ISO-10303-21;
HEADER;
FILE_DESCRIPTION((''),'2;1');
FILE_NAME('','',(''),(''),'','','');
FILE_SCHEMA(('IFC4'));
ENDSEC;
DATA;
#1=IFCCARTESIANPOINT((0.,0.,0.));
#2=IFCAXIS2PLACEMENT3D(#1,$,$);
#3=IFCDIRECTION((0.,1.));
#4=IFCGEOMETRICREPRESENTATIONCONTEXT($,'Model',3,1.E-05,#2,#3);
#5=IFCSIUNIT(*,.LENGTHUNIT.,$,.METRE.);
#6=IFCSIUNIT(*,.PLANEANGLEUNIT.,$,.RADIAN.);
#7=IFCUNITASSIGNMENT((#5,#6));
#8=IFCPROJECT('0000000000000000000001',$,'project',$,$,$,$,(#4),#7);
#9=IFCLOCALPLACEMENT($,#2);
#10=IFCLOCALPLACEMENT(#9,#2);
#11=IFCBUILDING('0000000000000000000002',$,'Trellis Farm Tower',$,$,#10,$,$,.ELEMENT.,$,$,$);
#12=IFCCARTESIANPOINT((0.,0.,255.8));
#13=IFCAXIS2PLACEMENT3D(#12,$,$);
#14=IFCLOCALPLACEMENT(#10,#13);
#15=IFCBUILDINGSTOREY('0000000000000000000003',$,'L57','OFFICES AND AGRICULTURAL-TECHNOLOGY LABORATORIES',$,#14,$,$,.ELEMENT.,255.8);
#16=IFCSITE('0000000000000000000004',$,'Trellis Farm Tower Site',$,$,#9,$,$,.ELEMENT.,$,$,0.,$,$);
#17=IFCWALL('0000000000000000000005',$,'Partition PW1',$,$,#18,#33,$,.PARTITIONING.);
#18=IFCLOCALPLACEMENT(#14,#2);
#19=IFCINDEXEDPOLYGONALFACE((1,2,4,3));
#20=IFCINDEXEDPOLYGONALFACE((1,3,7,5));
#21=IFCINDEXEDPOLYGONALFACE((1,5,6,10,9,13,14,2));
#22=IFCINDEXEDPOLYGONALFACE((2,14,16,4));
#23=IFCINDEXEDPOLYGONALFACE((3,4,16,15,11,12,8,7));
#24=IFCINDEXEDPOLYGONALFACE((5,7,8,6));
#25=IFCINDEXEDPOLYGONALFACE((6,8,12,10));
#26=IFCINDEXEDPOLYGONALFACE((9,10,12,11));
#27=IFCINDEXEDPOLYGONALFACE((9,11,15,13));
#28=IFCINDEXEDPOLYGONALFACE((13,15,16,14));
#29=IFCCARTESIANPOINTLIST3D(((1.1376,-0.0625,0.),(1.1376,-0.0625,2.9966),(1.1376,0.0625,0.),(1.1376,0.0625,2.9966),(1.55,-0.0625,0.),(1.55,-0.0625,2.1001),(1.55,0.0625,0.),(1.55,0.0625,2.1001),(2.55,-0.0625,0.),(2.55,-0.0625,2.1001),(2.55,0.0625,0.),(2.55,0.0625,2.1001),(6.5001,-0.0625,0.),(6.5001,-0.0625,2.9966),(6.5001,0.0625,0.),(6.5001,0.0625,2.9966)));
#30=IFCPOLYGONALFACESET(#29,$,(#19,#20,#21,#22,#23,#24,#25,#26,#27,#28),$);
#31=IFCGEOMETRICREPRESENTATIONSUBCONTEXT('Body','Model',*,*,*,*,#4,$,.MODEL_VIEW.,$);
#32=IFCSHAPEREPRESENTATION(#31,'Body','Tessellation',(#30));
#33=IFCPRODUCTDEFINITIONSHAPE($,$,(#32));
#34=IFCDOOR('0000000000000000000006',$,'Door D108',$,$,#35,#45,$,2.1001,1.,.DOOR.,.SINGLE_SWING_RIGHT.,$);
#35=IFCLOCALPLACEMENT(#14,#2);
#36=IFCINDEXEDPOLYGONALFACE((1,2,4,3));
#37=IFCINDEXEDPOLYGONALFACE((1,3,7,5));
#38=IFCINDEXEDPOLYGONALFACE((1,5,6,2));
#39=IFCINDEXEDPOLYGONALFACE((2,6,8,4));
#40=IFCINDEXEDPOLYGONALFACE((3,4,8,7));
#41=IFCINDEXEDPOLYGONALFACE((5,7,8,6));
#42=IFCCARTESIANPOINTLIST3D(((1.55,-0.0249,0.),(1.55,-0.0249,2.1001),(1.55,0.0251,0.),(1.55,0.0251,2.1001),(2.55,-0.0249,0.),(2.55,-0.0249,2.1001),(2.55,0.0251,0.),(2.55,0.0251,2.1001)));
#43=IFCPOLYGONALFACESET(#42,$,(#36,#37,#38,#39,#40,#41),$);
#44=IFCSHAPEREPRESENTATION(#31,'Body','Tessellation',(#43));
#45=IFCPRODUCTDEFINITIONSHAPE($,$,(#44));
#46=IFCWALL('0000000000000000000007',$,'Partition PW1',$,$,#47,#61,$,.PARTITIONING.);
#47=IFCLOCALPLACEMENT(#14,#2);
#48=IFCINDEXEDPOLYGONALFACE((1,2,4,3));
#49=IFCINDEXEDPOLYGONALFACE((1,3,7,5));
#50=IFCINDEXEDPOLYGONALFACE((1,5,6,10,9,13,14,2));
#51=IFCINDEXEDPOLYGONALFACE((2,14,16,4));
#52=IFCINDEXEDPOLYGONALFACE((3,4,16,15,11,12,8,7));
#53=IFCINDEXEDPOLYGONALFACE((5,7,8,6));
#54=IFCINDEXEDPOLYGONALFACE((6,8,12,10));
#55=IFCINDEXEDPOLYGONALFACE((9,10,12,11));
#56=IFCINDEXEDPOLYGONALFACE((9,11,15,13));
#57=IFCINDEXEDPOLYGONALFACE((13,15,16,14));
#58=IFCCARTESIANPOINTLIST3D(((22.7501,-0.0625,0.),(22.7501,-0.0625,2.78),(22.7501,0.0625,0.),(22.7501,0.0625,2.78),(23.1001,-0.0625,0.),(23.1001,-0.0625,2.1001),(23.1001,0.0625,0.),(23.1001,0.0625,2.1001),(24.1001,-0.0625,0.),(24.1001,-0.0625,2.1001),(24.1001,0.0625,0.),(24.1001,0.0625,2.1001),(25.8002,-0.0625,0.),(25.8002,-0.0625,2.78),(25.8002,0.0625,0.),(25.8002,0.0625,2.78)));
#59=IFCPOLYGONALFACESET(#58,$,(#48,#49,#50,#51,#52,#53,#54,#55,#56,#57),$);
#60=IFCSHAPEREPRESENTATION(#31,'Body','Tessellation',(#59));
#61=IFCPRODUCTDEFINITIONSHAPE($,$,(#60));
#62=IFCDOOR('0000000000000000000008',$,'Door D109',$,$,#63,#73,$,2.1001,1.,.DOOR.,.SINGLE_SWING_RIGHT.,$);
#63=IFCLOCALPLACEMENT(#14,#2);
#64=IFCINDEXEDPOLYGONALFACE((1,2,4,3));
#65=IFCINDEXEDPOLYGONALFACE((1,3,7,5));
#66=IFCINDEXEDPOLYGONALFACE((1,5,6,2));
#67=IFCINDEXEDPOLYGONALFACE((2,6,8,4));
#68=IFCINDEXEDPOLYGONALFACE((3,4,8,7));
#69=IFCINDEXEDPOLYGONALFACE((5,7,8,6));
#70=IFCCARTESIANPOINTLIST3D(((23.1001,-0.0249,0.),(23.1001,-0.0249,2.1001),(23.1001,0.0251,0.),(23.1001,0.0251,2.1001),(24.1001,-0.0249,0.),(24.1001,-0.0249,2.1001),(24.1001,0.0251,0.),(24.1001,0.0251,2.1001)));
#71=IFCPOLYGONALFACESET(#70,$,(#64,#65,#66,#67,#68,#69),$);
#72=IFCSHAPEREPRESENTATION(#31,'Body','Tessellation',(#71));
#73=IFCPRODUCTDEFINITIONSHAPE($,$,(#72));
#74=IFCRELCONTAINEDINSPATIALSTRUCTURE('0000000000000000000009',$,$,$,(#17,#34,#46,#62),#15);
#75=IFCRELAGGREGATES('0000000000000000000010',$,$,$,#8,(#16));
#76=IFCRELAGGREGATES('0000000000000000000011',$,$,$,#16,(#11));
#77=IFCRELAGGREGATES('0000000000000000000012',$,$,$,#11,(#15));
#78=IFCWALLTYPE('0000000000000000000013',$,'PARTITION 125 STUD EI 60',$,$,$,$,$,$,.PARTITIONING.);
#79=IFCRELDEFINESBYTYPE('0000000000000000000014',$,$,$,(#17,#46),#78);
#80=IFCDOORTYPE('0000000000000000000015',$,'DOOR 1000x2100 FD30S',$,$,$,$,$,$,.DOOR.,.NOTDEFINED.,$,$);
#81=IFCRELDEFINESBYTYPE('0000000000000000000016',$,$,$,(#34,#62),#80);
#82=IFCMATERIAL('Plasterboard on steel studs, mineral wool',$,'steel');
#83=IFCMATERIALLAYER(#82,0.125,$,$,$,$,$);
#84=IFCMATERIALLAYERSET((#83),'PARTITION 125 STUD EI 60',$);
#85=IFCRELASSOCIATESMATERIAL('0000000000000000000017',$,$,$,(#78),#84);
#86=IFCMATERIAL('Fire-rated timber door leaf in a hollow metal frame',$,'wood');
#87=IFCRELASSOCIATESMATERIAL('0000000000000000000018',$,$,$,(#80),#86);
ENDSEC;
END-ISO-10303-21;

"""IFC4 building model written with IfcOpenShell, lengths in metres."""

from ifc_helpers import new_model, si_unit, direction, frame, frame_2d, origin, place, context, subcontext, project, spatial, rectangle, extrude, source, transform, mapped, material, layer, layer_set, type_object, element, fill, save


model = new_model("IFC4")

# Units and contexts
model_context = context("Model", 3, precision=1e-05, world=origin(), true_north=direction((0.0, 1.0)))
body_context = subcontext(model_context, "Body", "Model", "MODEL_VIEW")
ifc_project = project(units=[si_unit("LENGTHUNIT", "METRE"), si_unit("PLANEANGLEUNIT", "RADIAN")], contexts=[model_context])

# Site, building, storey
site_placement = place(None, origin())
site = spatial("IfcSite", under=ifc_project, at=site_placement, Name="Trellis Farm Tower Site", CompositionType="ELEMENT", RefElevation=0.0)
building_placement = place(site_placement, origin())
building = spatial("IfcBuilding", under=site, at=building_placement, Name="Trellis Farm Tower", CompositionType="ELEMENT")
storey_placement = place(building_placement, frame((0.0, 0.0, 255.8)))
storey = spatial("IfcBuildingStorey", under=building, at=storey_placement, Name="L57", Description="OFFICES AND AGRICULTURAL-TECHNOLOGY LABORATORIES", CompositionType="ELEMENT", Elevation=255.8)

# Walls, openings, doors
ifc_material_1 = material(Name="Plasterboard on steel studs, mineral wool", Category="steel")
ifc_layer_1 = layer(ifc_material_1, 0.125)
ifc_layer_set_1 = layer_set([ifc_layer_1], Name="PARTITION 125 STUD EI 60")
wall_type_1 = type_object("IfcWallType", Name="PARTITION 125 STUD EI 60", PredefinedType="PARTITIONING", material=ifc_layer_set_1)
shared_shape_1 = source(origin(), body_context, "Body", "SweptSolid", [
    extrude(rectangle(XDim=5.3625, YDim=0.125, at=frame_2d((2.6812, 0.0))), origin(), (0.0, 0.0, 1.0), 2.9966),
])
wall_1_placement = place(storey_placement, frame((6.5, 0.0, 0.0), z_axis=(0.0, 0.0, 1.0), x_axis=(-1.0, 0.0, 0.0)))
wall_1 = element("IfcWall", 1, at=wall_1_placement, inside=storey, type_object=wall_type_1, Name="Partition PW1", PredefinedType="PARTITIONING", context=body_context, shape_type="MappedRepresentation", body=[
    mapped(shared_shape_1, transform((0.0, 0.0, 0.0))),
])
shared_shape_2 = source(origin(), body_context, "Body", "SweptSolid", [
    extrude(rectangle(XDim=1.0, YDim=2.1001, at=frame_2d((0.5, 1.05))), frame((0.0, 0.0725, 0.0), z_axis=(0.0, -1.0, 0.0), x_axis=(1.0, 0.0, 0.0)), (0.0, 0.0, 1.0), 0.145),
])
opening_1_placement = place(wall_1_placement, frame((3.95, 0.0, 0.0)))
opening_1 = element("IfcOpeningElement", 2, at=opening_1_placement, cuts=wall_1, PredefinedType="OPENING", context=body_context, shape_type="MappedRepresentation", body=[
    mapped(shared_shape_2, transform((0.0, 0.0, 0.0))),
])
ifc_material_2 = material(Name="Fire-rated timber door leaf in a hollow metal frame", Category="wood")
door_type_1 = type_object("IfcDoorType", Name="DOOR 1000x2100 FD30S", OperationType="NOTDEFINED", PredefinedType="DOOR", material=ifc_material_2)
shared_shape_3 = source(origin(), body_context, "Body", "SweptSolid", [
    extrude(rectangle(XDim=1.0, YDim=2.1001, at=frame_2d((0.5, 1.05))), frame((0.0, 0.0249, 0.0), z_axis=(0.0, -1.0, 0.0), x_axis=(1.0, 0.0, 0.0)), (0.0, 0.0, 1.0), 0.05),
])
door_1_placement = place(opening_1_placement, origin())
door_1 = element("IfcDoor", 3, at=door_1_placement, inside=storey, type_object=door_type_1, Name="Door D108", OperationType="SINGLE_SWING_RIGHT", OverallHeight=2.1001, OverallWidth=1.0, PredefinedType="DOOR", context=body_context, shape_type="MappedRepresentation", body=[
    mapped(shared_shape_3, transform((0.0, 0.0, 0.0))),
])
fill(opening_1, door_1)
shared_shape_4 = source(origin(), body_context, "Body", "SweptSolid", [
    extrude(rectangle(XDim=3.05, YDim=0.125, at=frame_2d((1.5249, 0.0))), origin(), (0.0, 0.0, 1.0), 2.78),
])
wall_2_placement = place(storey_placement, frame((25.8, 0.0, 0.0), z_axis=(0.0, 0.0, 1.0), x_axis=(-1.0, 0.0, 0.0)))
wall_2 = element("IfcWall", 4, at=wall_2_placement, inside=storey, type_object=wall_type_1, Name="Partition PW1", PredefinedType="PARTITIONING", context=body_context, shape_type="MappedRepresentation", body=[
    mapped(shared_shape_4, transform((0.0, 0.0, 0.0))),
])
opening_2_placement = place(wall_2_placement, frame((1.7, 0.0, 0.0)))
opening_2 = element("IfcOpeningElement", 5, at=opening_2_placement, cuts=wall_2, PredefinedType="OPENING", context=body_context, shape_type="MappedRepresentation", body=[
    mapped(shared_shape_2, transform((0.0, 0.0, 0.0))),
])
door_2_placement = place(opening_2_placement, origin())
door_2 = element("IfcDoor", 6, at=door_2_placement, inside=storey, type_object=door_type_1, Name="Door D109", OperationType="SINGLE_SWING_RIGHT", OverallHeight=2.1001, OverallWidth=1.0, PredefinedType="DOOR", context=body_context, shape_type="MappedRepresentation", body=[
    mapped(shared_shape_3, transform((0.0, 0.0, 0.0))),
])
fill(opening_2, door_2)

save(model, "model.ifc")
